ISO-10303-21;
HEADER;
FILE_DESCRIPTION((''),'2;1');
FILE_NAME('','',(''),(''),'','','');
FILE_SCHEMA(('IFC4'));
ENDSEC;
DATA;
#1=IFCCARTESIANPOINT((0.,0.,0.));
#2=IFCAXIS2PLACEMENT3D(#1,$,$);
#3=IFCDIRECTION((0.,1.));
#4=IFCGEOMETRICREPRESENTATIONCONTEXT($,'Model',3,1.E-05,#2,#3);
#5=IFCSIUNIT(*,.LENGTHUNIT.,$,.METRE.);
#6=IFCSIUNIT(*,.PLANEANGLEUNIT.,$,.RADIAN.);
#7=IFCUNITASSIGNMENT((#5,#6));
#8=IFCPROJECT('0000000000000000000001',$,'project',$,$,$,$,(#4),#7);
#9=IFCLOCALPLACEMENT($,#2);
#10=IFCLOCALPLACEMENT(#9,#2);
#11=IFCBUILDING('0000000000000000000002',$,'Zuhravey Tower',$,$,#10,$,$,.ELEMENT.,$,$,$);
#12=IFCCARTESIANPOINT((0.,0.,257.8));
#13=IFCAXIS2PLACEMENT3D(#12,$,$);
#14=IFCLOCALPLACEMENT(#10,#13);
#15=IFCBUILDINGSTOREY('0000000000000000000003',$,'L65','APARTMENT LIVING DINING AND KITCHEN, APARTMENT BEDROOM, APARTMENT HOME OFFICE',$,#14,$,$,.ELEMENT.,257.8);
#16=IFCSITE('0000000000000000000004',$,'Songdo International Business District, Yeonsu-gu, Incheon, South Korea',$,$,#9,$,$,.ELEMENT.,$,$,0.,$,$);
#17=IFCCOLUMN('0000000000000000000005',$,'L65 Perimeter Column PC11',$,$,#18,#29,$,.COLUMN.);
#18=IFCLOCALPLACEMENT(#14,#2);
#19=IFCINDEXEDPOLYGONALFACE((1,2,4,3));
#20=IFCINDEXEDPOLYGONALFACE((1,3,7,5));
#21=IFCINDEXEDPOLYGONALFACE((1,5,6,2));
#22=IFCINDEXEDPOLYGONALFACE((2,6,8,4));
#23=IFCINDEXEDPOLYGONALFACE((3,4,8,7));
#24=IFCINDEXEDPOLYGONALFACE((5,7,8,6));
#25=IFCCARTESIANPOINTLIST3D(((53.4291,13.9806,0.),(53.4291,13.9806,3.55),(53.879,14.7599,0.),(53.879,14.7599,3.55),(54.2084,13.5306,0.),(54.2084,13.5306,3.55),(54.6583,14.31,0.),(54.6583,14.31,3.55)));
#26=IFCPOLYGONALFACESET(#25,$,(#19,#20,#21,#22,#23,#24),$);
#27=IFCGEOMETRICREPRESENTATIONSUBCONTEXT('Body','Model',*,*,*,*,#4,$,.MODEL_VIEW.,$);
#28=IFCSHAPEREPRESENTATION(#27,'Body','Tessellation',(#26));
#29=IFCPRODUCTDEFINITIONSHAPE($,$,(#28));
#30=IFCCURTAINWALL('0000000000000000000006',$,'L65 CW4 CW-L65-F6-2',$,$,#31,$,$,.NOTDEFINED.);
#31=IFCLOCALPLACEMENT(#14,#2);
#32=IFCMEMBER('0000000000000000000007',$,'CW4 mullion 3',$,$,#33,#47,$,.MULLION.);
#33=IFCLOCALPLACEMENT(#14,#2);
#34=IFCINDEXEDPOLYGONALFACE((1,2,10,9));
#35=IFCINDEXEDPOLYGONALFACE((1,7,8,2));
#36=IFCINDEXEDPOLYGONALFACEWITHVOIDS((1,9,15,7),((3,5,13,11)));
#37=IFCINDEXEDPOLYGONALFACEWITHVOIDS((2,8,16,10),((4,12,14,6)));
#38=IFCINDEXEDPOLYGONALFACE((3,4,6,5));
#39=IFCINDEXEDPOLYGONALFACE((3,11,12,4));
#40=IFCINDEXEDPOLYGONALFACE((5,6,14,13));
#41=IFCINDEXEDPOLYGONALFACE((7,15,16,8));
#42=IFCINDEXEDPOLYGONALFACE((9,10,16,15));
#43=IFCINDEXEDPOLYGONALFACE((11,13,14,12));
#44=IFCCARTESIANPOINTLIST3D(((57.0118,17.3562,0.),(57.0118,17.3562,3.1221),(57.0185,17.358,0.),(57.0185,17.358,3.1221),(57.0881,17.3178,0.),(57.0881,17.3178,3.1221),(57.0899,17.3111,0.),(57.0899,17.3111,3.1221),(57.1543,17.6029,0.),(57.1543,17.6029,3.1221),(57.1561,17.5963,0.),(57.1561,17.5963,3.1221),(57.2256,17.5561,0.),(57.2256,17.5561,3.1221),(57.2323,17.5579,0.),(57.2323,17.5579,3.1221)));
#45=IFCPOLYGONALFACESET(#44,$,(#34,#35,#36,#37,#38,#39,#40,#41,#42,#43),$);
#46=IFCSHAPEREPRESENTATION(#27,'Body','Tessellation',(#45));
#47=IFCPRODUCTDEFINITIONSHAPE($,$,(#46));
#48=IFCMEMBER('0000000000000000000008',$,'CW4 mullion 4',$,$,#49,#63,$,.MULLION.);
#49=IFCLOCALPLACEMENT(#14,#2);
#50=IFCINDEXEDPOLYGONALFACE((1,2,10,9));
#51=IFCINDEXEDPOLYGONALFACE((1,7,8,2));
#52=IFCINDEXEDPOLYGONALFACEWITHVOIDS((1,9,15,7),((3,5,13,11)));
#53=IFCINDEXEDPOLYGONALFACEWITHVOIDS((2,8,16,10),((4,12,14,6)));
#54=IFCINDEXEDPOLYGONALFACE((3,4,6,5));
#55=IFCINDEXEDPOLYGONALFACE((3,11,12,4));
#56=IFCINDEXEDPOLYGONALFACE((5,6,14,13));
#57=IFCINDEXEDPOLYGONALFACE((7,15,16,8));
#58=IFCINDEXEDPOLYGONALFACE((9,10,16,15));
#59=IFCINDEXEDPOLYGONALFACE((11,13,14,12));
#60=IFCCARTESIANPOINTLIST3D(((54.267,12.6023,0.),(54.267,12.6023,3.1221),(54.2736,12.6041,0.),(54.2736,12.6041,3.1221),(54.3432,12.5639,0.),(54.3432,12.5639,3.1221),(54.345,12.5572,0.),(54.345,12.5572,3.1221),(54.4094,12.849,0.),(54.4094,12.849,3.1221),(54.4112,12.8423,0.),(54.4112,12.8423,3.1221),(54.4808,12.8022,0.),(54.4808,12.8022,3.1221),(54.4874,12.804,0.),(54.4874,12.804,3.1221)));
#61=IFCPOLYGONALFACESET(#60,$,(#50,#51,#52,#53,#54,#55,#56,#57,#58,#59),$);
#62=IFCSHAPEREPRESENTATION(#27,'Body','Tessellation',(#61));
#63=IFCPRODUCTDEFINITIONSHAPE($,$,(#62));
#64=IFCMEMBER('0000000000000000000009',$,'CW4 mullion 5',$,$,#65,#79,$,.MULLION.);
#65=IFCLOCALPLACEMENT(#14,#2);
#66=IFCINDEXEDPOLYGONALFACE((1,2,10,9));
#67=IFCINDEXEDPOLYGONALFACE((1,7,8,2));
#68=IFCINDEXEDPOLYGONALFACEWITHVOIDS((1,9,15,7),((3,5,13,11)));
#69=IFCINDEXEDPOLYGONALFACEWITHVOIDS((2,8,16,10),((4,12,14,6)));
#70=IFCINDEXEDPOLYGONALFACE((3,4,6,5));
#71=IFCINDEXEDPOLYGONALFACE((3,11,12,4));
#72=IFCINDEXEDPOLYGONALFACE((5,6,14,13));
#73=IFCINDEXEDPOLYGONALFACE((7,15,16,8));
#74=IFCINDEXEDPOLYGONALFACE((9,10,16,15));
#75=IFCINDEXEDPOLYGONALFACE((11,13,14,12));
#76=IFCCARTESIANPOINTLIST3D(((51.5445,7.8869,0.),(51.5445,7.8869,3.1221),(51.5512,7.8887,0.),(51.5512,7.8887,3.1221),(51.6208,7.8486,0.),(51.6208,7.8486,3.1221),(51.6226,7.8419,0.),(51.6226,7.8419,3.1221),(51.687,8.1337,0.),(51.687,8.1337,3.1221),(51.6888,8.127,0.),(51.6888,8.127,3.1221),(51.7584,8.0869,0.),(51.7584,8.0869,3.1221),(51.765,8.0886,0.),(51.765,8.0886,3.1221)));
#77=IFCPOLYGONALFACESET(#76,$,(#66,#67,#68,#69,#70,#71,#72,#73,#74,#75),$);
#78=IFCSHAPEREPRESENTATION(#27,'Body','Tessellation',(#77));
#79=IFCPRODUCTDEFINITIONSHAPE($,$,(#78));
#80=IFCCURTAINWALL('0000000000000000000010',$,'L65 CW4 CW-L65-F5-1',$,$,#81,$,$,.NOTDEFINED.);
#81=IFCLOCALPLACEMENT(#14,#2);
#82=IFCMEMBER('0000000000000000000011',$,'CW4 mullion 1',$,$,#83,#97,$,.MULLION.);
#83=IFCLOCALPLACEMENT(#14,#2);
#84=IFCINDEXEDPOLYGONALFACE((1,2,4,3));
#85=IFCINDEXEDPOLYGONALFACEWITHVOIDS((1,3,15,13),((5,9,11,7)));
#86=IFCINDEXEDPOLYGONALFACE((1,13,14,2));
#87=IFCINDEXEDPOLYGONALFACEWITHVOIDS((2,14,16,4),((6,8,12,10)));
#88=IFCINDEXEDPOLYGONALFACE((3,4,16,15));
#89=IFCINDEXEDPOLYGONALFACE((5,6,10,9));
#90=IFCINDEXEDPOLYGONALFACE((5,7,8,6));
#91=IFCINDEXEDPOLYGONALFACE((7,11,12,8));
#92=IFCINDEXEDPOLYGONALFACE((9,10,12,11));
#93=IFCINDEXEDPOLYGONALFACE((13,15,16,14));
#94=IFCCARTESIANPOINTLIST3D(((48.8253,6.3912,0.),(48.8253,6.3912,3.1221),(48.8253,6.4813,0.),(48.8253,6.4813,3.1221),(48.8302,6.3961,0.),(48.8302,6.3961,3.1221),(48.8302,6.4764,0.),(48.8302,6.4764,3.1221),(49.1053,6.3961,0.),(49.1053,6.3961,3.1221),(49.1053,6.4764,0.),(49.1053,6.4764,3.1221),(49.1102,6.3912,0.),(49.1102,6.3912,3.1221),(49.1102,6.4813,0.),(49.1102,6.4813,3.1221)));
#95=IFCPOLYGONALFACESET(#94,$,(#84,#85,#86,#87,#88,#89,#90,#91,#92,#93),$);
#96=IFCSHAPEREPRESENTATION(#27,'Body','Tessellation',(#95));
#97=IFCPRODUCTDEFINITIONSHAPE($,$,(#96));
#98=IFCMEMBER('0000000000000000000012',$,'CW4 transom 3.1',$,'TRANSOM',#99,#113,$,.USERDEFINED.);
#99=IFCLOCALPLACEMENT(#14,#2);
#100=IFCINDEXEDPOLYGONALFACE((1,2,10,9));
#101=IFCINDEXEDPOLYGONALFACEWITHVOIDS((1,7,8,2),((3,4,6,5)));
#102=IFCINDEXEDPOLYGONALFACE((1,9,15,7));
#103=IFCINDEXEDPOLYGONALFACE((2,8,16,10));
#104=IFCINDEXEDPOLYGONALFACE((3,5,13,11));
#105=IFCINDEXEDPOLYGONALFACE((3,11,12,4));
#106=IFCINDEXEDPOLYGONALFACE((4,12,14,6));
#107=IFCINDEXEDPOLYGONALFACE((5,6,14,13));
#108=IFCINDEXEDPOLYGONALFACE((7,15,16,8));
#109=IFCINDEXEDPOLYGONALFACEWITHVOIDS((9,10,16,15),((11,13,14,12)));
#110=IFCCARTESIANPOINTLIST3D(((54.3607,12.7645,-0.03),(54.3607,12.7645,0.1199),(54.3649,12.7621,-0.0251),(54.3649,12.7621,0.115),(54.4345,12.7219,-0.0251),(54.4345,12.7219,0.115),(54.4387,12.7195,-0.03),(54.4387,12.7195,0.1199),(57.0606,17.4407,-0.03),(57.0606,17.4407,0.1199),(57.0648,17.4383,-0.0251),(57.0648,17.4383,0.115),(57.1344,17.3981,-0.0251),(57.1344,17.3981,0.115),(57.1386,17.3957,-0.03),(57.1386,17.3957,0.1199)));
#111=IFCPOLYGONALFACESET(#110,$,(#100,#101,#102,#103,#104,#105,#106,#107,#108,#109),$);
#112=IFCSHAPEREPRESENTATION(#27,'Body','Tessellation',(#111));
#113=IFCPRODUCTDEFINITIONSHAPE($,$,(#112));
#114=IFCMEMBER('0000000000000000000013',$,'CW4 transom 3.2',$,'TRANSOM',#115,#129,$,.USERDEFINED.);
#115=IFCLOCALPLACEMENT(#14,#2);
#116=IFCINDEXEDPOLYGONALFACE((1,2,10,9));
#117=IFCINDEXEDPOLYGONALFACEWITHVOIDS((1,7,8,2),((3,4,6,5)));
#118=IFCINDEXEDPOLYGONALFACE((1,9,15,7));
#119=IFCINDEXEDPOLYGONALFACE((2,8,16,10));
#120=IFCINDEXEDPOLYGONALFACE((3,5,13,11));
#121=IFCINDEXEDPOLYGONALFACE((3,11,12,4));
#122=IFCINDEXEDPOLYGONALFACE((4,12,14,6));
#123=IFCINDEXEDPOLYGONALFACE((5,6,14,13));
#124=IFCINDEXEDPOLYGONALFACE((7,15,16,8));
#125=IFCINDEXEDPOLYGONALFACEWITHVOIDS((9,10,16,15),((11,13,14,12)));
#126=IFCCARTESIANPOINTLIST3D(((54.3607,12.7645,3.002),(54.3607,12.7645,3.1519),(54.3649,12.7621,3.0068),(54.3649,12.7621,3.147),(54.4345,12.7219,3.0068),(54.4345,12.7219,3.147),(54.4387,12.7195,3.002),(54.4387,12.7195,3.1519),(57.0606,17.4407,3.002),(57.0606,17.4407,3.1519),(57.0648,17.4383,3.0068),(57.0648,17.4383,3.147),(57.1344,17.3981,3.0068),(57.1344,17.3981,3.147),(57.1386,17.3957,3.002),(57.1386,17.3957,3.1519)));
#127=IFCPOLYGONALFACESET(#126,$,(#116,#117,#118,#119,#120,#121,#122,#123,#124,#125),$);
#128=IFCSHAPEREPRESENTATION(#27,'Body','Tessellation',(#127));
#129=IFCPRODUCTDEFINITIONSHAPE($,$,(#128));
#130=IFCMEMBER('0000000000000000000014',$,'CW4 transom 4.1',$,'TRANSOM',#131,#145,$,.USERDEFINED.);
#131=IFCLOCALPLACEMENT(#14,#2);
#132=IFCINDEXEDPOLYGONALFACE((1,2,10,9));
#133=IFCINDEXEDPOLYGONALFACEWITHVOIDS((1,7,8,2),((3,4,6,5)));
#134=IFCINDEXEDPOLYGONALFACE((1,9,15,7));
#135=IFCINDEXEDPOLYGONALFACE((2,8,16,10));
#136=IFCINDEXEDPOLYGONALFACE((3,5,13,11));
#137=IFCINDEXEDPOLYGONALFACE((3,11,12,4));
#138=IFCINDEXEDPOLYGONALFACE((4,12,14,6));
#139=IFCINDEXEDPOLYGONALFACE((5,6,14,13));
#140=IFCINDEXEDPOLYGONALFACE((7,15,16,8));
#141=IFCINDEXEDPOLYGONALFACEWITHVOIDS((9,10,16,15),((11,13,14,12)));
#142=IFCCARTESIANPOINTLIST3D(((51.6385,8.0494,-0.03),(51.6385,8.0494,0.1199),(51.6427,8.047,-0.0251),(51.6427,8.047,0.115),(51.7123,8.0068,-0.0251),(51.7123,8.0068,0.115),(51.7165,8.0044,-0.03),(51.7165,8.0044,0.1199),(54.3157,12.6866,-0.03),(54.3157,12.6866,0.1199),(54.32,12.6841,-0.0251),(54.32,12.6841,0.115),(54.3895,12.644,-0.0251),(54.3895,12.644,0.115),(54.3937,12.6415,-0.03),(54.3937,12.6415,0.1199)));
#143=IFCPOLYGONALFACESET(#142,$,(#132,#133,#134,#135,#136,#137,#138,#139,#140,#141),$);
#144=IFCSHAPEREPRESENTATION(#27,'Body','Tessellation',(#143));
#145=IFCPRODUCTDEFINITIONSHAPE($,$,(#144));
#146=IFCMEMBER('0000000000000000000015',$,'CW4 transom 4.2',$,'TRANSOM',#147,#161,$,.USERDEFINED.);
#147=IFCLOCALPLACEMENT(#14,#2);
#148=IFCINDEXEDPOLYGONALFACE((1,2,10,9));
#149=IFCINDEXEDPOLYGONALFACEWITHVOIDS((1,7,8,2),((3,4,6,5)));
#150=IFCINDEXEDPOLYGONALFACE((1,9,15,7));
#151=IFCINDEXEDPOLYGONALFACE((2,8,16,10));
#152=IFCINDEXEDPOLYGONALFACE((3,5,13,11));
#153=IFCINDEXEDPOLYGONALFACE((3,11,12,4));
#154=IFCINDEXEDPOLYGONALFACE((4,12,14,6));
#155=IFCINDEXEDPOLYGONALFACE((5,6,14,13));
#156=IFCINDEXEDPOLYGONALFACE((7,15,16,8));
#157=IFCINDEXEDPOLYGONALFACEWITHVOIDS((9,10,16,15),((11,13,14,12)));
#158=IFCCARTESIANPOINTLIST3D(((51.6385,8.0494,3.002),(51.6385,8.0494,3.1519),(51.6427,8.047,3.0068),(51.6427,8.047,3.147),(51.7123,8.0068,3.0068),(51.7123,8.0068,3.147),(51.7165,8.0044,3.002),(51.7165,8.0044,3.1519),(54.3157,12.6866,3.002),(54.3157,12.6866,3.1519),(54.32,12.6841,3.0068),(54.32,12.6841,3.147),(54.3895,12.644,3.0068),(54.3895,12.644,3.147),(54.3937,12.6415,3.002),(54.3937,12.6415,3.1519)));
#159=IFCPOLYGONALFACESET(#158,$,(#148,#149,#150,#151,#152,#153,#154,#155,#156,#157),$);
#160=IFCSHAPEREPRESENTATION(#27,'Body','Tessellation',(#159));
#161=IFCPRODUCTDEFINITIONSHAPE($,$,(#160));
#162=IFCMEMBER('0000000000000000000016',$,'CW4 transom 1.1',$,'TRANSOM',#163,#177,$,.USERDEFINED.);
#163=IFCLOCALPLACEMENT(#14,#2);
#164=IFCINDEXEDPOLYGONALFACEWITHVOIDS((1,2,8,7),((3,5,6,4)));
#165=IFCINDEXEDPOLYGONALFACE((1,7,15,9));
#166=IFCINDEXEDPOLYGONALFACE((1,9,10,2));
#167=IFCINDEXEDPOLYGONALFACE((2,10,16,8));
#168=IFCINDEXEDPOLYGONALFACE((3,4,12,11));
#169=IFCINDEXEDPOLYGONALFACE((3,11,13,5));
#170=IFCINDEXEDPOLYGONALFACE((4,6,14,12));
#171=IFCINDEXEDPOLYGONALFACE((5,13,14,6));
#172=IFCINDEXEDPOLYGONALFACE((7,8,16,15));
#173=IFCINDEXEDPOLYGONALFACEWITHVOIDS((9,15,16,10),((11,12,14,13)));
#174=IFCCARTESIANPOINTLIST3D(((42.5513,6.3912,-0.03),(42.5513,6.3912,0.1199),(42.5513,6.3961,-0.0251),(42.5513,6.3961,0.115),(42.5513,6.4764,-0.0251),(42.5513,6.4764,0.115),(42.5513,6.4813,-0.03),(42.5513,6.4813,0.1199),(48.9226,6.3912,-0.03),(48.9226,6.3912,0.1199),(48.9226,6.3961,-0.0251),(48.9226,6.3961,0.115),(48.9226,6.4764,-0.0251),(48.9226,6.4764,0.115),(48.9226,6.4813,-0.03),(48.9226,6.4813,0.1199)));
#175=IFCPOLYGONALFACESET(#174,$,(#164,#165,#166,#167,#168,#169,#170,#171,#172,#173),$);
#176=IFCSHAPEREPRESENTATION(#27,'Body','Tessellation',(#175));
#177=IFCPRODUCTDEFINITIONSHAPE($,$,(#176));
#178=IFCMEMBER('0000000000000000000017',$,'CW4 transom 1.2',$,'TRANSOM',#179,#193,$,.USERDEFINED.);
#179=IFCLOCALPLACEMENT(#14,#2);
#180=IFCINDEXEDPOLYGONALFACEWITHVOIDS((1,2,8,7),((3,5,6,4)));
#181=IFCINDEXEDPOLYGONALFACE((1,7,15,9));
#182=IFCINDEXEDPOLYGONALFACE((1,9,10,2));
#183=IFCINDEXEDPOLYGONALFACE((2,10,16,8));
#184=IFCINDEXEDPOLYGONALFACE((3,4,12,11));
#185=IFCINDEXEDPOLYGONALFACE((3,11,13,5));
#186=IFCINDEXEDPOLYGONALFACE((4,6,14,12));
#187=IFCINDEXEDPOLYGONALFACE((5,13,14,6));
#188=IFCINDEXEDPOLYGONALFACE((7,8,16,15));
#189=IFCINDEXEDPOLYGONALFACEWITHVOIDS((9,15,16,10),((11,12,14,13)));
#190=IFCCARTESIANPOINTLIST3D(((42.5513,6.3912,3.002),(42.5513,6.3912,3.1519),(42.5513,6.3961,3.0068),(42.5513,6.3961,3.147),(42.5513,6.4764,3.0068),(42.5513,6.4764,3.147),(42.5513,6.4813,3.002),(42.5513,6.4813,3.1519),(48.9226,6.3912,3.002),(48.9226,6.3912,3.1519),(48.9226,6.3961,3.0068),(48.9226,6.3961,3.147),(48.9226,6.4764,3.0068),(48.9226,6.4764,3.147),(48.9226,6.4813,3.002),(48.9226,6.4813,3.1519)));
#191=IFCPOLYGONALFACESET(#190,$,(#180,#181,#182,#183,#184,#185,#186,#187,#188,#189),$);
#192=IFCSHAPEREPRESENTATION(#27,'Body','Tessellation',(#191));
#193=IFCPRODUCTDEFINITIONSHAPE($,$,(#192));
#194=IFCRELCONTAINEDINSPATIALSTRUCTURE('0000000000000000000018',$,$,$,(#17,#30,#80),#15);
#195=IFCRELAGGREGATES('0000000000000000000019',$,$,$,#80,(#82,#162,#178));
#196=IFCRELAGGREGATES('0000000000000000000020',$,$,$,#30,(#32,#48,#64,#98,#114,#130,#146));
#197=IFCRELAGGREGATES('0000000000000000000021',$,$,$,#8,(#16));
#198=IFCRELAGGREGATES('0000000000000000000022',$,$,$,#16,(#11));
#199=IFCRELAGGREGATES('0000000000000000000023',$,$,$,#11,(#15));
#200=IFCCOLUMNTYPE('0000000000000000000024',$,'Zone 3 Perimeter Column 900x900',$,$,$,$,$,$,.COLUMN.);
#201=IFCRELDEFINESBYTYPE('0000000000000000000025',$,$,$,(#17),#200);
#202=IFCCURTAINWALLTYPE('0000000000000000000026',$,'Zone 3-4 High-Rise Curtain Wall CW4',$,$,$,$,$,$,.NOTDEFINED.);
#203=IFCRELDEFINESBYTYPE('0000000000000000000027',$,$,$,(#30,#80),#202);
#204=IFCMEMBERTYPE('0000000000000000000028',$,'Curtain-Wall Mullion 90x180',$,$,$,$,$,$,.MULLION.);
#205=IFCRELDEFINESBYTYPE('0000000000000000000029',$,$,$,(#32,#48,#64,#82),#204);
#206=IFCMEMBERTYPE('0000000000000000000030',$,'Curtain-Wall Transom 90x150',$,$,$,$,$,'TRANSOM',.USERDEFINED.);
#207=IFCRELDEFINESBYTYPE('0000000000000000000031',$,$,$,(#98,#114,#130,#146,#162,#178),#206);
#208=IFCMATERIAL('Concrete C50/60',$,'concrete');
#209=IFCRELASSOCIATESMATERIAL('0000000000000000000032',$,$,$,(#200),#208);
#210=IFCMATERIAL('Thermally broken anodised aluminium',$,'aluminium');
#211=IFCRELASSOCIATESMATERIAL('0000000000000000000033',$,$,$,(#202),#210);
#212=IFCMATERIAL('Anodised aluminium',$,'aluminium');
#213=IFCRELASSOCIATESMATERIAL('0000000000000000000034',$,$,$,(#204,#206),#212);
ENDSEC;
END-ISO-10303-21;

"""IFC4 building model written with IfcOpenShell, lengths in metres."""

from ifc_helpers import new_model, si_unit, direction, frame, origin, origin_2d, place, context, subcontext, project, spatial, rectangle, hollow_rectangle, extrude, material, material_profile, profile_set, type_object, element, aggregate, save


model = new_model("IFC4")

# Units and contexts
model_context = context("Model", 3, precision=1e-05, world=origin(), true_north=direction((0.0, 1.0)))
body_context = subcontext(model_context, "Body", "Model", "MODEL_VIEW")
ifc_project = project(units=[si_unit("LENGTHUNIT", "METRE"), si_unit("PLANEANGLEUNIT", "RADIAN")], contexts=[model_context])

# Site, building, storey
site_placement = place(None, origin())
site = spatial("IfcSite", under=ifc_project, at=site_placement, Name="Songdo International Business District, Yeonsu-gu, Incheon, South Korea", CompositionType="ELEMENT", RefElevation=0.0)
building_placement = place(site_placement, origin())
building = spatial("IfcBuilding", under=site, at=building_placement, Name="Zuhravey Tower", CompositionType="ELEMENT")
storey_placement = place(building_placement, frame((0.0, 0.0, 257.8)))
storey = spatial("IfcBuildingStorey", under=building, at=storey_placement, Name="L65", Description="APARTMENT LIVING DINING AND KITCHEN, APARTMENT BEDROOM, APARTMENT HOME OFFICE", CompositionType="ELEMENT", Elevation=257.8)

# Column
ifc_material_1 = material(Name="Concrete C50/60", Category="concrete")
ifc_material_profile_1 = material_profile(ifc_material_1, rectangle(XDim=0.8999, YDim=0.8999, at=origin_2d()), Name="RC-900x900")
ifc_profile_set_1 = profile_set([ifc_material_profile_1], Name="Concrete C50/60")
column_type = type_object("IfcColumnType", Name="Zone 3 Perimeter Column 900x900", PredefinedType="COLUMN", material=ifc_profile_set_1)
column_placement = place(storey_placement, frame((54.0437, 14.1453, 0.0), z_axis=(0.0, 0.0, 1.0), x_axis=(0.5, 0.866025, 0.0)))
element("IfcColumn", 1, at=column_placement, inside=storey, type_object=column_type, Name="L65 Perimeter Column PC11", PredefinedType="COLUMN", context=body_context, shape_type="SweptSolid", body=[
    extrude(rectangle(XDim=0.8999, YDim=0.8999, at=origin_2d()), origin(), (0.0, 0.0, 1.0), 3.55),
])

# Curtain wall, members
ifc_material_2 = material(Name="Thermally broken anodised aluminium", Category="aluminium")
curtain_wall_type = type_object("IfcCurtainWallType", Name="Zone 3-4 High-Rise Curtain Wall CW4", PredefinedType="NOTDEFINED", material=ifc_material_2)
curtain_wall_1_placement = place(storey_placement, origin())
curtain_wall_1 = element("IfcCurtainWall", 2, at=curtain_wall_1_placement, inside=storey, type_object=curtain_wall_type, Name="L65 CW4 CW-L65-F6-2", PredefinedType="NOTDEFINED")
ifc_material_3 = material(Name="Anodised aluminium", Category="aluminium")
ifc_material_profile_2 = material_profile(ifc_material_3, hollow_rectangle(XDim=0.0901, YDim=0.2849, WallThickness=0.0049, at=origin_2d()), Name="ALU-RHS-90x285x5")
ifc_profile_set_2 = profile_set([ifc_material_profile_2], Name="Anodised aluminium")
member_type_1 = type_object("IfcMemberType", Name="Curtain-Wall Mullion 90x180", PredefinedType="MULLION", material=ifc_profile_set_2)
member_1_placement = place(storey_placement, frame((57.1221, 17.457, 0.0), z_axis=(0.0, 0.0, 1.0), x_axis=(0.866025, -0.500001, 0.0)))
member_1 = element("IfcMember", 3, at=member_1_placement, type_object=member_type_1, Name="CW4 mullion 3", PredefinedType="MULLION", context=body_context, shape_type="SweptSolid", body=[
    extrude(hollow_rectangle(XDim=0.0901, YDim=0.2849, WallThickness=0.0049, at=origin_2d()), origin(), (0.0, 0.0, 1.0), 3.1221),
])
member_2_placement = place(storey_placement, frame((54.3772, 12.7031, 0.0), z_axis=(0.0, 0.0, 1.0), x_axis=(0.866025, -0.500001, 0.0)))
member_2 = element("IfcMember", 4, at=member_2_placement, type_object=member_type_1, Name="CW4 mullion 4", PredefinedType="MULLION", context=body_context, shape_type="SweptSolid", body=[
    extrude(hollow_rectangle(XDim=0.0901, YDim=0.2849, WallThickness=0.0049, at=origin_2d()), origin(), (0.0, 0.0, 1.0), 3.1221),
])
member_3_placement = place(storey_placement, frame((51.6548, 7.9878, 0.0), z_axis=(0.0, 0.0, 1.0), x_axis=(0.866025, -0.500001, 0.0)))
member_3 = element("IfcMember", 5, at=member_3_placement, type_object=member_type_1, Name="CW4 mullion 5", PredefinedType="MULLION", context=body_context, shape_type="SweptSolid", body=[
    extrude(hollow_rectangle(XDim=0.0901, YDim=0.2849, WallThickness=0.0049, at=origin_2d()), origin(), (0.0, 0.0, 1.0), 3.1221),
])

# Curtain wall, member
curtain_wall_2_placement = place(storey_placement, origin())
curtain_wall_2 = element("IfcCurtainWall", 6, at=curtain_wall_2_placement, inside=storey, type_object=curtain_wall_type, Name="L65 CW4 CW-L65-F5-1", PredefinedType="NOTDEFINED")
member_4_placement = place(storey_placement, frame((48.9678, 6.4363, 0.0), z_axis=(0.0, 0.0, 1.0), x_axis=(0.0, -1.0, 0.0)))
member_4 = element("IfcMember", 7, at=member_4_placement, type_object=member_type_1, Name="CW4 mullion 1", PredefinedType="MULLION", context=body_context, shape_type="SweptSolid", body=[
    extrude(hollow_rectangle(XDim=0.0901, YDim=0.2849, WallThickness=0.0049, at=origin_2d()), origin(), (0.0, 0.0, 1.0), 3.1221),
])

# Members
ifc_material_profile_3 = material_profile(ifc_material_3, hollow_rectangle(XDim=0.0901, YDim=0.1499, WallThickness=0.0049, at=origin_2d()), Name="ALU-RHS-90x150x5")
ifc_profile_set_3 = profile_set([ifc_material_profile_3], Name="Anodised aluminium")
member_type_2 = type_object("IfcMemberType", Name="Curtain-Wall Transom 90x150", ElementType="TRANSOM", PredefinedType="USERDEFINED", material=ifc_profile_set_3)
member_5_placement = place(storey_placement, frame((57.0996, 17.4182, 0.0449), z_axis=(-0.500015, -0.866017, 0.0), x_axis=(0.866017, -0.500015, 0.0)))
member_5 = element("IfcMember", 8, at=member_5_placement, type_object=member_type_2, Name="CW4 transom 3.1", ObjectType="TRANSOM", PredefinedType="USERDEFINED", context=body_context, shape_type="SweptSolid", body=[
    extrude(hollow_rectangle(XDim=0.0901, YDim=0.1499, WallThickness=0.0049, at=origin_2d()), origin(), (0.0, 0.0, 1.0), 5.3997),
])
member_6_placement = place(storey_placement, frame((57.0996, 17.4182, 3.0769), z_axis=(-0.500015, -0.866017, 0.0), x_axis=(0.866017, -0.500015, 0.0)))
member_6 = element("IfcMember", 9, at=member_6_placement, type_object=member_type_2, Name="CW4 transom 3.2", ObjectType="TRANSOM", PredefinedType="USERDEFINED", context=body_context, shape_type="SweptSolid", body=[
    extrude(hollow_rectangle(XDim=0.0901, YDim=0.1499, WallThickness=0.0049, at=origin_2d()), origin(), (0.0, 0.0, 1.0), 5.3997),
])
member_7_placement = place(storey_placement, frame((54.3547, 12.6641, 0.0449), z_axis=(-0.499993, -0.866029, 0.0), x_axis=(0.866029, -0.499993, 0.0)))
member_7 = element("IfcMember", 10, at=member_7_placement, type_object=member_type_2, Name="CW4 transom 4.1", ObjectType="TRANSOM", PredefinedType="USERDEFINED", context=body_context, shape_type="SweptSolid", body=[
    extrude(hollow_rectangle(XDim=0.0901, YDim=0.1499, WallThickness=0.0049, at=origin_2d()), origin(), (0.0, 0.0, 1.0), 5.3545),
])
member_8_placement = place(storey_placement, frame((54.3547, 12.6641, 3.0769), z_axis=(-0.499993, -0.866029, 0.0), x_axis=(0.866029, -0.499993, 0.0)))
member_8 = element("IfcMember", 11, at=member_8_placement, type_object=member_type_2, Name="CW4 transom 4.2", ObjectType="TRANSOM", PredefinedType="USERDEFINED", context=body_context, shape_type="SweptSolid", body=[
    extrude(hollow_rectangle(XDim=0.0901, YDim=0.1499, WallThickness=0.0049, at=origin_2d()), origin(), (0.0, 0.0, 1.0), 5.3545),
])
member_9_placement = place(storey_placement, frame((48.9226, 6.4363, 0.0449), z_axis=(-1.0, 0.0, 0.0), x_axis=(0.0, -1.0, 0.0)))
member_9 = element("IfcMember", 12, at=member_9_placement, type_object=member_type_2, Name="CW4 transom 1.1", ObjectType="TRANSOM", PredefinedType="USERDEFINED", context=body_context, shape_type="SweptSolid", body=[
    extrude(hollow_rectangle(XDim=0.0901, YDim=0.1499, WallThickness=0.0049, at=origin_2d()), origin(), (0.0, 0.0, 1.0), 6.3713),
])
member_10_placement = place(storey_placement, frame((48.9226, 6.4363, 3.0769), z_axis=(-1.0, 0.0, 0.0), x_axis=(0.0, -1.0, 0.0)))
member_10 = element("IfcMember", 13, at=member_10_placement, type_object=member_type_2, Name="CW4 transom 1.2", ObjectType="TRANSOM", PredefinedType="USERDEFINED", context=body_context, shape_type="SweptSolid", body=[
    extrude(hollow_rectangle(XDim=0.0901, YDim=0.1499, WallThickness=0.0049, at=origin_2d()), origin(), (0.0, 0.0, 1.0), 6.3713),
])
aggregate(curtain_wall_2, [member_4, member_9, member_10])

aggregate(curtain_wall_1, [member_1, member_2, member_3, member_5, member_6, member_7, member_8])

save(model, "model.ifc")
